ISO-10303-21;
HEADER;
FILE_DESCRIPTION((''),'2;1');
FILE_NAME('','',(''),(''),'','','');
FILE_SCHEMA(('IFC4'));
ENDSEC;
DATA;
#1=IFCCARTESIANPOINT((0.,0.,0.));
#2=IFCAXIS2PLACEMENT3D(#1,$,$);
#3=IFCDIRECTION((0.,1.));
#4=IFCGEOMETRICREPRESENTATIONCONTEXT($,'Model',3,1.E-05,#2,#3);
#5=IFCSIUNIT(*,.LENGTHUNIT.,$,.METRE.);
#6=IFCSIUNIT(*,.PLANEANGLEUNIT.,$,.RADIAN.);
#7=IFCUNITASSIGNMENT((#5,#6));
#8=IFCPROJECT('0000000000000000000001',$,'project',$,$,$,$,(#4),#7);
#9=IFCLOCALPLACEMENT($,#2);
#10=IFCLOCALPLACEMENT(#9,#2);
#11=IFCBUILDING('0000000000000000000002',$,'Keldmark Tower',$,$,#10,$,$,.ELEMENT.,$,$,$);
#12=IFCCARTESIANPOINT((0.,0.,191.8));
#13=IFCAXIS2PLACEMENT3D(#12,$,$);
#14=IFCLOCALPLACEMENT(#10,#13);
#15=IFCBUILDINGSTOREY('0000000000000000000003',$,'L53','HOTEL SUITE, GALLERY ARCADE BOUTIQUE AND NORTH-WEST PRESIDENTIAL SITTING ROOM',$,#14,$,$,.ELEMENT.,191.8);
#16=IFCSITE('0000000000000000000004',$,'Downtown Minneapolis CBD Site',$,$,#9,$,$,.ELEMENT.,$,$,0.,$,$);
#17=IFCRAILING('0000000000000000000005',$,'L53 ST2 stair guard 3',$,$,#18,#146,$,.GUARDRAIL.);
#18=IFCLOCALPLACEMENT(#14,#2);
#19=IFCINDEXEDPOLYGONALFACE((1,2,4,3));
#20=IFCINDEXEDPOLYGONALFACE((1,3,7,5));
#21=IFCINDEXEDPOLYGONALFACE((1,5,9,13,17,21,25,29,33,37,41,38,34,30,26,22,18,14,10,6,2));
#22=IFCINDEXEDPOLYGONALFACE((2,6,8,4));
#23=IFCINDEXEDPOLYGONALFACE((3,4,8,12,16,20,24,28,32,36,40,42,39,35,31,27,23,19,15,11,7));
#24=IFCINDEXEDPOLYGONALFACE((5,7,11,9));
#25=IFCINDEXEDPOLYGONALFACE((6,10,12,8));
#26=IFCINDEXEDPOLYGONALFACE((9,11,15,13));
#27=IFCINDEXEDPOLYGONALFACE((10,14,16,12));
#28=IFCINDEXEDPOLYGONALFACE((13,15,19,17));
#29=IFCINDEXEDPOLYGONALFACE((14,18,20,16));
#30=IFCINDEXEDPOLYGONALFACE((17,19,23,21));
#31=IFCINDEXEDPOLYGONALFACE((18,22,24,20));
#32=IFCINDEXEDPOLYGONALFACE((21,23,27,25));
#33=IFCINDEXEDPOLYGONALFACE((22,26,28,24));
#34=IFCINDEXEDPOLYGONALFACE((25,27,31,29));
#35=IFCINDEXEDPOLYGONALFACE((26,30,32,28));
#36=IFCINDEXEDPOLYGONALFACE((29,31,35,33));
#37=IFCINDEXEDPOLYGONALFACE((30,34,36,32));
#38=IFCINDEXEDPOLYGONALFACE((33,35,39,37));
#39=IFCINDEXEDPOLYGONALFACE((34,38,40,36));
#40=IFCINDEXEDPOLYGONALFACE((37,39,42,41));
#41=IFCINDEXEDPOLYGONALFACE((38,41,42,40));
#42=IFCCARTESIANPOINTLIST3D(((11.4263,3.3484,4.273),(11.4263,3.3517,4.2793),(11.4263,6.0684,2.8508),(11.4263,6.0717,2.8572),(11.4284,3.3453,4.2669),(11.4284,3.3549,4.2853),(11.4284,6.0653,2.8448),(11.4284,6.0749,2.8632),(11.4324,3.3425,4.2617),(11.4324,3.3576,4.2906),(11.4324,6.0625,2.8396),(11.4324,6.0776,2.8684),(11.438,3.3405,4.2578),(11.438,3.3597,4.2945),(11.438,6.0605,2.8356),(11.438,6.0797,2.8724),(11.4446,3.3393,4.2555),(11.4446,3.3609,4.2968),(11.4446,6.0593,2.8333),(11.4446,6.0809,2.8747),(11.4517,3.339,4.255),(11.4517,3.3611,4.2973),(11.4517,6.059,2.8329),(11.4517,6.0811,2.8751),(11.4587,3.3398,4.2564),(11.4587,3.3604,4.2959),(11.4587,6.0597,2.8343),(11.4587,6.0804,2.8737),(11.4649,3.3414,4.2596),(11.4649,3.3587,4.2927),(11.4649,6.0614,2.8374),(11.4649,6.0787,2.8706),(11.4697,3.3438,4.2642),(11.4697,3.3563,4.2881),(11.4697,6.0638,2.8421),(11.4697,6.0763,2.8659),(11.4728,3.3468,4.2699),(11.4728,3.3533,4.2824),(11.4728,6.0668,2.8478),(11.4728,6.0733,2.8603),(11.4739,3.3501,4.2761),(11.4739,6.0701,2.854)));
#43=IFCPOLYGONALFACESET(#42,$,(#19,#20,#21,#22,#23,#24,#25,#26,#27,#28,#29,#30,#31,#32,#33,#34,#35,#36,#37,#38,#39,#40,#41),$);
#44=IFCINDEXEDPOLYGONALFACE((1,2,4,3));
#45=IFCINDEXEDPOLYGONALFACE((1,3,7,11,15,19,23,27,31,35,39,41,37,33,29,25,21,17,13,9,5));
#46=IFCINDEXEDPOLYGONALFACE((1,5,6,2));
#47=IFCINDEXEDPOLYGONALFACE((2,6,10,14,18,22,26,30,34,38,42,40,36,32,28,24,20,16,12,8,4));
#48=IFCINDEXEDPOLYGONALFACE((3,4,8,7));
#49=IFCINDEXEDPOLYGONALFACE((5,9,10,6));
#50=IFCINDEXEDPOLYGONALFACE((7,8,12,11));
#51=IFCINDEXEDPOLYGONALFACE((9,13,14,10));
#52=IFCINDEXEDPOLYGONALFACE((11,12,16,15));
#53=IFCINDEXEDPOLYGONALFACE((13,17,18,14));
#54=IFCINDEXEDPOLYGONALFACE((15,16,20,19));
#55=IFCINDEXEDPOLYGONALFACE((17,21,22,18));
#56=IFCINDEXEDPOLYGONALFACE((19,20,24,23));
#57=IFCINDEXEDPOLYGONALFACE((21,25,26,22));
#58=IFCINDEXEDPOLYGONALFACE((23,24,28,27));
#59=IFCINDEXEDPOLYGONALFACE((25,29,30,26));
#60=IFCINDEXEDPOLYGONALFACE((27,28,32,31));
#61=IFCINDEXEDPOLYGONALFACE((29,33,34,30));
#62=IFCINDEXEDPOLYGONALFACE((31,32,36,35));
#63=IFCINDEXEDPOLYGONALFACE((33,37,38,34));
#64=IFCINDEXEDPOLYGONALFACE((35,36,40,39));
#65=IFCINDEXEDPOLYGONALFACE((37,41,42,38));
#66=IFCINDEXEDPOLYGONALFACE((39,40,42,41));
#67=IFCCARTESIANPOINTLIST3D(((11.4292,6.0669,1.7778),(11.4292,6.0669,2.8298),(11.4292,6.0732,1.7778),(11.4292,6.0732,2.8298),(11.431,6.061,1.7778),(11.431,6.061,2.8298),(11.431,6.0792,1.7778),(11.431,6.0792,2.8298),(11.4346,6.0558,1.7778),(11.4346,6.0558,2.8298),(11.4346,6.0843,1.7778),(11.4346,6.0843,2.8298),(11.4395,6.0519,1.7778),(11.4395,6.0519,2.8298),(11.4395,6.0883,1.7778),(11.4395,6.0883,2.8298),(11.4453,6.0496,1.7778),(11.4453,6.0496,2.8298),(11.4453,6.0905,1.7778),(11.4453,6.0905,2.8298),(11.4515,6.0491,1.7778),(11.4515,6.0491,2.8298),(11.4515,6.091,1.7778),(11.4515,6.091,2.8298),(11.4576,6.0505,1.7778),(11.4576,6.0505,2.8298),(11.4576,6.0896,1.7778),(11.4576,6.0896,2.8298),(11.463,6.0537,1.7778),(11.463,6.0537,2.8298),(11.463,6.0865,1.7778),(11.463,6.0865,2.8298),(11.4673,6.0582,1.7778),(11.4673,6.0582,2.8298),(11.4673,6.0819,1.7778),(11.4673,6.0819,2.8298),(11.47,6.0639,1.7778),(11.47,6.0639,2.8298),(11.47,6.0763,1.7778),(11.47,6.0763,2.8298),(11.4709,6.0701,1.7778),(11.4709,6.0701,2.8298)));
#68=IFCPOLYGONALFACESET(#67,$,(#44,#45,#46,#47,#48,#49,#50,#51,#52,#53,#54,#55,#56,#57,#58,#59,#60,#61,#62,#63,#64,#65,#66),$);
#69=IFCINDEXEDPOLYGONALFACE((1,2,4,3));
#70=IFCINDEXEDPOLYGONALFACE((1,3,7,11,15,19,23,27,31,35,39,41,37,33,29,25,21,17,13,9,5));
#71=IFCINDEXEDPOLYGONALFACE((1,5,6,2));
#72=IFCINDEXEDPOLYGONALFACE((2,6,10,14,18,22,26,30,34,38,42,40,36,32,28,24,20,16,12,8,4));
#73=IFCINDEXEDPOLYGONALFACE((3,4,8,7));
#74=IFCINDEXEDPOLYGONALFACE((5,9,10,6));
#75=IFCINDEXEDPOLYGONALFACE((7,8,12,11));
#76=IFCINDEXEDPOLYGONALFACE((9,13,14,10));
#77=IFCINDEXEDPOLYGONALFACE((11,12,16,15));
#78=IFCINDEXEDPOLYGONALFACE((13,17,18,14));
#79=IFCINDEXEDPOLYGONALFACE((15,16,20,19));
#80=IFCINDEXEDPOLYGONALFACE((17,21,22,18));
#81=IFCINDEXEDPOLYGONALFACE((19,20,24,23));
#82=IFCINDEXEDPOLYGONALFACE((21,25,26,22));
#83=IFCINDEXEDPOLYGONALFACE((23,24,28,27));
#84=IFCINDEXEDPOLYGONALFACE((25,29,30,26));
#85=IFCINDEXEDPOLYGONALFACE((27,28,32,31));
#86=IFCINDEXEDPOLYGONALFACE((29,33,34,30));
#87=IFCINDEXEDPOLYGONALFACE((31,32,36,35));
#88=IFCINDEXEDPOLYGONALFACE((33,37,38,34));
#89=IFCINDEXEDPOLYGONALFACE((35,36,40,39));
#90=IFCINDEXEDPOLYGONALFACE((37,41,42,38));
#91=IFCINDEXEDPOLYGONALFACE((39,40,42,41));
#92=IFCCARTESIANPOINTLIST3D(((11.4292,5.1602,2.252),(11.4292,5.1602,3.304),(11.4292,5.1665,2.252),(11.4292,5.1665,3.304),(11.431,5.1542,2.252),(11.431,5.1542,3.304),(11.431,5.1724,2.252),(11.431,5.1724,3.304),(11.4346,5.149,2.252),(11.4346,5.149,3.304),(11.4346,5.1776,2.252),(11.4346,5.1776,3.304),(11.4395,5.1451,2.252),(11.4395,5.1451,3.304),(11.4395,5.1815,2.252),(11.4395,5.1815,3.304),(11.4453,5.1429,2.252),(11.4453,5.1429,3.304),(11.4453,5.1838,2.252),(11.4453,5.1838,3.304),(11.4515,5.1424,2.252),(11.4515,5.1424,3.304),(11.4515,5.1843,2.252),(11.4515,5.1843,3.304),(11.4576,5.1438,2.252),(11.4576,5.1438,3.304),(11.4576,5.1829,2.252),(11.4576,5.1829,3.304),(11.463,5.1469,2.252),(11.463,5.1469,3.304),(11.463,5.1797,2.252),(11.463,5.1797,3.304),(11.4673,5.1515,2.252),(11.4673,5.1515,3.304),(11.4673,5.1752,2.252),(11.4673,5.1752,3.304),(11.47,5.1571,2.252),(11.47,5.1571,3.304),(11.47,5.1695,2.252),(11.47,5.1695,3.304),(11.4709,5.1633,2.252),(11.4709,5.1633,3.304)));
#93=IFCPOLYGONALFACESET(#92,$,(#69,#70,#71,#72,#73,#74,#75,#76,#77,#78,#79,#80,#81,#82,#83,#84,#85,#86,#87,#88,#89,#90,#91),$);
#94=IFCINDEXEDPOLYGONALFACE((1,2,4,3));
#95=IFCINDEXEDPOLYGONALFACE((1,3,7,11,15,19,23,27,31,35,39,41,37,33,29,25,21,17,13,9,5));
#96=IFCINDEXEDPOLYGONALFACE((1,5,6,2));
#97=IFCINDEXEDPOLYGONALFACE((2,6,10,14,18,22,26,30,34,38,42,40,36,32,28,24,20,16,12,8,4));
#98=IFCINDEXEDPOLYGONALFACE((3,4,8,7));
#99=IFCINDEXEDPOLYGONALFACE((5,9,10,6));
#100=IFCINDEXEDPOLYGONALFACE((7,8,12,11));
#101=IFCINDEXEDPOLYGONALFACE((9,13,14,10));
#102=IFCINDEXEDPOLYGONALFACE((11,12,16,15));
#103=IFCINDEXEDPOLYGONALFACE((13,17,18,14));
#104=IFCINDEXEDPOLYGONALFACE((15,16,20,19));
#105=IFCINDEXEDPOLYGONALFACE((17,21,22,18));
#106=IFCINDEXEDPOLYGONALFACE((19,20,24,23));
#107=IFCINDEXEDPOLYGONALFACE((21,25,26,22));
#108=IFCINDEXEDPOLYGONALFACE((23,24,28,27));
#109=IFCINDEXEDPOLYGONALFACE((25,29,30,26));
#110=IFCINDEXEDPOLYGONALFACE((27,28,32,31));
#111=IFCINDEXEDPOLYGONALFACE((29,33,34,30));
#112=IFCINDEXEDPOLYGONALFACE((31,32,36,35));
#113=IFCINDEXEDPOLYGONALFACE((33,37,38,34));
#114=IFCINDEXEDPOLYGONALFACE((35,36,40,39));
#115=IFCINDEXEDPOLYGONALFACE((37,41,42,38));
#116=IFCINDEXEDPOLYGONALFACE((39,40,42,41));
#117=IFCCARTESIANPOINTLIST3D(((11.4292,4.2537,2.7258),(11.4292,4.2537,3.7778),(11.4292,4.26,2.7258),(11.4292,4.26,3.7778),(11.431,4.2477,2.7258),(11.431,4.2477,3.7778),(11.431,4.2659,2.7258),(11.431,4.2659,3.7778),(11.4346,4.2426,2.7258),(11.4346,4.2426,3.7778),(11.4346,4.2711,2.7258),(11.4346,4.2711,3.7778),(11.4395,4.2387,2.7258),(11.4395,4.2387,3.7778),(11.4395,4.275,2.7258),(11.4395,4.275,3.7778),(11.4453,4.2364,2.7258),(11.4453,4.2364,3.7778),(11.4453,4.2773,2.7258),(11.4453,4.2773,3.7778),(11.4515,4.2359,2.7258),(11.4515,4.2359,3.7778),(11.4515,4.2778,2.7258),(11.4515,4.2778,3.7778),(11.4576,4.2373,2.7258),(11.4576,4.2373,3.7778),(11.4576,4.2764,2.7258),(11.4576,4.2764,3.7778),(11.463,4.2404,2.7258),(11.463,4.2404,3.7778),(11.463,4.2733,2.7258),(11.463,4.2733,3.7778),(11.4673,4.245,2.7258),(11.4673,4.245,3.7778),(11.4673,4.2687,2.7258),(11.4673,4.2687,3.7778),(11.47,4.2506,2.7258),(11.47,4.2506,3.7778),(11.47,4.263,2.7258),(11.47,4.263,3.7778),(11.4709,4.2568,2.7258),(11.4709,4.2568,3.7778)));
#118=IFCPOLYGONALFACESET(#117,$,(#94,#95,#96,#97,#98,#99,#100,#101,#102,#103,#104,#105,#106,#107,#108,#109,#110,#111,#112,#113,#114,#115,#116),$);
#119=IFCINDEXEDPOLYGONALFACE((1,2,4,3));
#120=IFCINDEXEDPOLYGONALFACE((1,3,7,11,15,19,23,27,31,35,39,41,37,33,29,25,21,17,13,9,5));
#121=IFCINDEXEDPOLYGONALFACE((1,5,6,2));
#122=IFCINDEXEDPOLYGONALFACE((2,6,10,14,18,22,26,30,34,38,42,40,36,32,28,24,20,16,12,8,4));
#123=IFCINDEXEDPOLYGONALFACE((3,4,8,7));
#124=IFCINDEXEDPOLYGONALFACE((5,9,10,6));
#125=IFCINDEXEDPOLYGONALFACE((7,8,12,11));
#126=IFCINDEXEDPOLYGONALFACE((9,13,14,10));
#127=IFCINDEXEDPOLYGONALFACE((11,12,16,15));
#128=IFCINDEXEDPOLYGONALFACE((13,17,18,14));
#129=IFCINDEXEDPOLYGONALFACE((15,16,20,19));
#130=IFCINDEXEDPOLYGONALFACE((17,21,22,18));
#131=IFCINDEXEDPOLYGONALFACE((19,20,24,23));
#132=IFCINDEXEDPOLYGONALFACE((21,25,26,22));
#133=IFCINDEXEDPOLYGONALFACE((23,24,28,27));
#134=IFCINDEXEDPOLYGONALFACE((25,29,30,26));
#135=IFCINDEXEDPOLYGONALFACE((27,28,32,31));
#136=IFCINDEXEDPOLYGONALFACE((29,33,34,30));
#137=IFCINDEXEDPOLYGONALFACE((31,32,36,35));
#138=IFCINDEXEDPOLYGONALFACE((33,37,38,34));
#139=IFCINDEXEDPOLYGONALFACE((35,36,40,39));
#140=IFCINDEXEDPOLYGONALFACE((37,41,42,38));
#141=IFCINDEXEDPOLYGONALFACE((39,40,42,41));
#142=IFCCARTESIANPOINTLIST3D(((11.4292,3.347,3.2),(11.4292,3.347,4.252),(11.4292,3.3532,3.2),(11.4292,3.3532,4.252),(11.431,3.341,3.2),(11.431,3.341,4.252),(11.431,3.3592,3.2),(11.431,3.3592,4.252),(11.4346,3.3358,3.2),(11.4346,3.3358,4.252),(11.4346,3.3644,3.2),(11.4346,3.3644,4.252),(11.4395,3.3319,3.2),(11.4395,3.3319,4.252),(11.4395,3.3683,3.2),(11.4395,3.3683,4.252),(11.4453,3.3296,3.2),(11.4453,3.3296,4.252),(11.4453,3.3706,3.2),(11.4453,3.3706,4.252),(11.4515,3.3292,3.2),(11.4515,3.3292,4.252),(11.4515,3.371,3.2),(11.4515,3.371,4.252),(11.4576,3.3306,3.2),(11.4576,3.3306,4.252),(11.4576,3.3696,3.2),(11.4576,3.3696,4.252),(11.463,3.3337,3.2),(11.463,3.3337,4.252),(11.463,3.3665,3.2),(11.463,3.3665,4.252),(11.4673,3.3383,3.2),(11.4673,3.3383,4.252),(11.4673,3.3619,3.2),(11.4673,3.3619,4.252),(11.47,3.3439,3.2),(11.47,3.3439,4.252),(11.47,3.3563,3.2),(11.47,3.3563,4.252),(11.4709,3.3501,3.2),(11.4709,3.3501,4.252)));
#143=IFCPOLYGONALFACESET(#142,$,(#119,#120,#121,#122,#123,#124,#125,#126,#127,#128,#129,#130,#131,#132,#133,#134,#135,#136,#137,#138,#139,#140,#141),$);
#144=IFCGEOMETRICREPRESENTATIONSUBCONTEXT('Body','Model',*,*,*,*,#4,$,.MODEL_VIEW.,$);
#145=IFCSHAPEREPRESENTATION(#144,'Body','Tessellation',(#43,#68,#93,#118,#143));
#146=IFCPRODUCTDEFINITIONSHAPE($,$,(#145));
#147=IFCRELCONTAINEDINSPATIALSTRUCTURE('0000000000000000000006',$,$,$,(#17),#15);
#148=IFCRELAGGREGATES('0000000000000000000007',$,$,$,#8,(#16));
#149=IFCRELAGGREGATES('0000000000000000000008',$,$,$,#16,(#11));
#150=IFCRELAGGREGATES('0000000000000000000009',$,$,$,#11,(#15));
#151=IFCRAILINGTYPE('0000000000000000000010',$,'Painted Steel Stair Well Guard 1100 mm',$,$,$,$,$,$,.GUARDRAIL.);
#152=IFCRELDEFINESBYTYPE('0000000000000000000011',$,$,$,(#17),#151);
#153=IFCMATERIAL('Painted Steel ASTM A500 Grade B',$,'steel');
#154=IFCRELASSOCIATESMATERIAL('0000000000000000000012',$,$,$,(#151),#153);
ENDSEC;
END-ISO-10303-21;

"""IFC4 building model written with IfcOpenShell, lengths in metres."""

from ifc_helpers import new_model, si_unit, direction, frame, origin, origin_2d, place, context, subcontext, project, spatial, circle, extrude, material, type_object, element, save


model = new_model("IFC4")

# Units and contexts
model_context = context("Model", 3, precision=1e-05, world=origin(), true_north=direction((0.0, 1.0)))
body_context = subcontext(model_context, "Body", "Model", "MODEL_VIEW")
ifc_project = project(units=[si_unit("LENGTHUNIT", "METRE"), si_unit("PLANEANGLEUNIT", "RADIAN")], contexts=[model_context])

# Site, building, storey
site_placement = place(None, origin())
site = spatial("IfcSite", under=ifc_project, at=site_placement, Name="Downtown Minneapolis CBD Site", CompositionType="ELEMENT", RefElevation=0.0)
building_placement = place(site_placement, origin())
building = spatial("IfcBuilding", under=site, at=building_placement, Name="Keldmark Tower", CompositionType="ELEMENT")
storey_placement = place(building_placement, frame((0.0, 0.0, 191.8)))
storey = spatial("IfcBuildingStorey", under=building, at=storey_placement, Name="L53", Description="HOTEL SUITE, GALLERY ARCADE BOUTIQUE AND NORTH-WEST PRESIDENTIAL SITTING ROOM", CompositionType="ELEMENT", Elevation=191.8)

# Railing
ifc_material_1 = material(Name="Painted Steel ASTM A500 Grade B", Category="steel")
railing_type_1 = type_object("IfcRailingType", Name="Painted Steel Stair Well Guard 1100 mm", PredefinedType="GUARDRAIL", material=ifc_material_1)
railing_1_placement = place(storey_placement, frame((11.45, 6.0701, 1.7778)))
element("IfcRailing", 1, at=railing_1_placement, inside=storey, type_object=railing_type_1, Name="L53 ST2 stair guard 3", PredefinedType="GUARDRAIL", context=body_context, shape_type="SweptSolid", body=[
    extrude(circle(Radius=0.0239, at=origin_2d()), frame((0.0, 0.0, 1.0762), z_axis=(0.0, -0.886183, 0.463335), x_axis=(1.0, 0.0, 0.0)), (0.0, 0.0, 1.0), 3.0693),
    extrude(circle(Radius=0.021, at=origin_2d()), origin(), (0.0, 0.0, 1.0), 1.052),
    extrude(circle(Radius=0.021, at=origin_2d()), frame((0.0, -0.9067, 0.4741)), (0.0, 0.0, 1.0), 1.052),
    extrude(circle(Radius=0.021, at=origin_2d()), frame((0.0, -1.8132, 0.948)), (0.0, 0.0, 1.0), 1.052),
    extrude(circle(Radius=0.021, at=origin_2d()), frame((0.0, -2.72, 1.4221)), (0.0, 0.0, 1.0), 1.052),
])

save(model, "model.ifc")
